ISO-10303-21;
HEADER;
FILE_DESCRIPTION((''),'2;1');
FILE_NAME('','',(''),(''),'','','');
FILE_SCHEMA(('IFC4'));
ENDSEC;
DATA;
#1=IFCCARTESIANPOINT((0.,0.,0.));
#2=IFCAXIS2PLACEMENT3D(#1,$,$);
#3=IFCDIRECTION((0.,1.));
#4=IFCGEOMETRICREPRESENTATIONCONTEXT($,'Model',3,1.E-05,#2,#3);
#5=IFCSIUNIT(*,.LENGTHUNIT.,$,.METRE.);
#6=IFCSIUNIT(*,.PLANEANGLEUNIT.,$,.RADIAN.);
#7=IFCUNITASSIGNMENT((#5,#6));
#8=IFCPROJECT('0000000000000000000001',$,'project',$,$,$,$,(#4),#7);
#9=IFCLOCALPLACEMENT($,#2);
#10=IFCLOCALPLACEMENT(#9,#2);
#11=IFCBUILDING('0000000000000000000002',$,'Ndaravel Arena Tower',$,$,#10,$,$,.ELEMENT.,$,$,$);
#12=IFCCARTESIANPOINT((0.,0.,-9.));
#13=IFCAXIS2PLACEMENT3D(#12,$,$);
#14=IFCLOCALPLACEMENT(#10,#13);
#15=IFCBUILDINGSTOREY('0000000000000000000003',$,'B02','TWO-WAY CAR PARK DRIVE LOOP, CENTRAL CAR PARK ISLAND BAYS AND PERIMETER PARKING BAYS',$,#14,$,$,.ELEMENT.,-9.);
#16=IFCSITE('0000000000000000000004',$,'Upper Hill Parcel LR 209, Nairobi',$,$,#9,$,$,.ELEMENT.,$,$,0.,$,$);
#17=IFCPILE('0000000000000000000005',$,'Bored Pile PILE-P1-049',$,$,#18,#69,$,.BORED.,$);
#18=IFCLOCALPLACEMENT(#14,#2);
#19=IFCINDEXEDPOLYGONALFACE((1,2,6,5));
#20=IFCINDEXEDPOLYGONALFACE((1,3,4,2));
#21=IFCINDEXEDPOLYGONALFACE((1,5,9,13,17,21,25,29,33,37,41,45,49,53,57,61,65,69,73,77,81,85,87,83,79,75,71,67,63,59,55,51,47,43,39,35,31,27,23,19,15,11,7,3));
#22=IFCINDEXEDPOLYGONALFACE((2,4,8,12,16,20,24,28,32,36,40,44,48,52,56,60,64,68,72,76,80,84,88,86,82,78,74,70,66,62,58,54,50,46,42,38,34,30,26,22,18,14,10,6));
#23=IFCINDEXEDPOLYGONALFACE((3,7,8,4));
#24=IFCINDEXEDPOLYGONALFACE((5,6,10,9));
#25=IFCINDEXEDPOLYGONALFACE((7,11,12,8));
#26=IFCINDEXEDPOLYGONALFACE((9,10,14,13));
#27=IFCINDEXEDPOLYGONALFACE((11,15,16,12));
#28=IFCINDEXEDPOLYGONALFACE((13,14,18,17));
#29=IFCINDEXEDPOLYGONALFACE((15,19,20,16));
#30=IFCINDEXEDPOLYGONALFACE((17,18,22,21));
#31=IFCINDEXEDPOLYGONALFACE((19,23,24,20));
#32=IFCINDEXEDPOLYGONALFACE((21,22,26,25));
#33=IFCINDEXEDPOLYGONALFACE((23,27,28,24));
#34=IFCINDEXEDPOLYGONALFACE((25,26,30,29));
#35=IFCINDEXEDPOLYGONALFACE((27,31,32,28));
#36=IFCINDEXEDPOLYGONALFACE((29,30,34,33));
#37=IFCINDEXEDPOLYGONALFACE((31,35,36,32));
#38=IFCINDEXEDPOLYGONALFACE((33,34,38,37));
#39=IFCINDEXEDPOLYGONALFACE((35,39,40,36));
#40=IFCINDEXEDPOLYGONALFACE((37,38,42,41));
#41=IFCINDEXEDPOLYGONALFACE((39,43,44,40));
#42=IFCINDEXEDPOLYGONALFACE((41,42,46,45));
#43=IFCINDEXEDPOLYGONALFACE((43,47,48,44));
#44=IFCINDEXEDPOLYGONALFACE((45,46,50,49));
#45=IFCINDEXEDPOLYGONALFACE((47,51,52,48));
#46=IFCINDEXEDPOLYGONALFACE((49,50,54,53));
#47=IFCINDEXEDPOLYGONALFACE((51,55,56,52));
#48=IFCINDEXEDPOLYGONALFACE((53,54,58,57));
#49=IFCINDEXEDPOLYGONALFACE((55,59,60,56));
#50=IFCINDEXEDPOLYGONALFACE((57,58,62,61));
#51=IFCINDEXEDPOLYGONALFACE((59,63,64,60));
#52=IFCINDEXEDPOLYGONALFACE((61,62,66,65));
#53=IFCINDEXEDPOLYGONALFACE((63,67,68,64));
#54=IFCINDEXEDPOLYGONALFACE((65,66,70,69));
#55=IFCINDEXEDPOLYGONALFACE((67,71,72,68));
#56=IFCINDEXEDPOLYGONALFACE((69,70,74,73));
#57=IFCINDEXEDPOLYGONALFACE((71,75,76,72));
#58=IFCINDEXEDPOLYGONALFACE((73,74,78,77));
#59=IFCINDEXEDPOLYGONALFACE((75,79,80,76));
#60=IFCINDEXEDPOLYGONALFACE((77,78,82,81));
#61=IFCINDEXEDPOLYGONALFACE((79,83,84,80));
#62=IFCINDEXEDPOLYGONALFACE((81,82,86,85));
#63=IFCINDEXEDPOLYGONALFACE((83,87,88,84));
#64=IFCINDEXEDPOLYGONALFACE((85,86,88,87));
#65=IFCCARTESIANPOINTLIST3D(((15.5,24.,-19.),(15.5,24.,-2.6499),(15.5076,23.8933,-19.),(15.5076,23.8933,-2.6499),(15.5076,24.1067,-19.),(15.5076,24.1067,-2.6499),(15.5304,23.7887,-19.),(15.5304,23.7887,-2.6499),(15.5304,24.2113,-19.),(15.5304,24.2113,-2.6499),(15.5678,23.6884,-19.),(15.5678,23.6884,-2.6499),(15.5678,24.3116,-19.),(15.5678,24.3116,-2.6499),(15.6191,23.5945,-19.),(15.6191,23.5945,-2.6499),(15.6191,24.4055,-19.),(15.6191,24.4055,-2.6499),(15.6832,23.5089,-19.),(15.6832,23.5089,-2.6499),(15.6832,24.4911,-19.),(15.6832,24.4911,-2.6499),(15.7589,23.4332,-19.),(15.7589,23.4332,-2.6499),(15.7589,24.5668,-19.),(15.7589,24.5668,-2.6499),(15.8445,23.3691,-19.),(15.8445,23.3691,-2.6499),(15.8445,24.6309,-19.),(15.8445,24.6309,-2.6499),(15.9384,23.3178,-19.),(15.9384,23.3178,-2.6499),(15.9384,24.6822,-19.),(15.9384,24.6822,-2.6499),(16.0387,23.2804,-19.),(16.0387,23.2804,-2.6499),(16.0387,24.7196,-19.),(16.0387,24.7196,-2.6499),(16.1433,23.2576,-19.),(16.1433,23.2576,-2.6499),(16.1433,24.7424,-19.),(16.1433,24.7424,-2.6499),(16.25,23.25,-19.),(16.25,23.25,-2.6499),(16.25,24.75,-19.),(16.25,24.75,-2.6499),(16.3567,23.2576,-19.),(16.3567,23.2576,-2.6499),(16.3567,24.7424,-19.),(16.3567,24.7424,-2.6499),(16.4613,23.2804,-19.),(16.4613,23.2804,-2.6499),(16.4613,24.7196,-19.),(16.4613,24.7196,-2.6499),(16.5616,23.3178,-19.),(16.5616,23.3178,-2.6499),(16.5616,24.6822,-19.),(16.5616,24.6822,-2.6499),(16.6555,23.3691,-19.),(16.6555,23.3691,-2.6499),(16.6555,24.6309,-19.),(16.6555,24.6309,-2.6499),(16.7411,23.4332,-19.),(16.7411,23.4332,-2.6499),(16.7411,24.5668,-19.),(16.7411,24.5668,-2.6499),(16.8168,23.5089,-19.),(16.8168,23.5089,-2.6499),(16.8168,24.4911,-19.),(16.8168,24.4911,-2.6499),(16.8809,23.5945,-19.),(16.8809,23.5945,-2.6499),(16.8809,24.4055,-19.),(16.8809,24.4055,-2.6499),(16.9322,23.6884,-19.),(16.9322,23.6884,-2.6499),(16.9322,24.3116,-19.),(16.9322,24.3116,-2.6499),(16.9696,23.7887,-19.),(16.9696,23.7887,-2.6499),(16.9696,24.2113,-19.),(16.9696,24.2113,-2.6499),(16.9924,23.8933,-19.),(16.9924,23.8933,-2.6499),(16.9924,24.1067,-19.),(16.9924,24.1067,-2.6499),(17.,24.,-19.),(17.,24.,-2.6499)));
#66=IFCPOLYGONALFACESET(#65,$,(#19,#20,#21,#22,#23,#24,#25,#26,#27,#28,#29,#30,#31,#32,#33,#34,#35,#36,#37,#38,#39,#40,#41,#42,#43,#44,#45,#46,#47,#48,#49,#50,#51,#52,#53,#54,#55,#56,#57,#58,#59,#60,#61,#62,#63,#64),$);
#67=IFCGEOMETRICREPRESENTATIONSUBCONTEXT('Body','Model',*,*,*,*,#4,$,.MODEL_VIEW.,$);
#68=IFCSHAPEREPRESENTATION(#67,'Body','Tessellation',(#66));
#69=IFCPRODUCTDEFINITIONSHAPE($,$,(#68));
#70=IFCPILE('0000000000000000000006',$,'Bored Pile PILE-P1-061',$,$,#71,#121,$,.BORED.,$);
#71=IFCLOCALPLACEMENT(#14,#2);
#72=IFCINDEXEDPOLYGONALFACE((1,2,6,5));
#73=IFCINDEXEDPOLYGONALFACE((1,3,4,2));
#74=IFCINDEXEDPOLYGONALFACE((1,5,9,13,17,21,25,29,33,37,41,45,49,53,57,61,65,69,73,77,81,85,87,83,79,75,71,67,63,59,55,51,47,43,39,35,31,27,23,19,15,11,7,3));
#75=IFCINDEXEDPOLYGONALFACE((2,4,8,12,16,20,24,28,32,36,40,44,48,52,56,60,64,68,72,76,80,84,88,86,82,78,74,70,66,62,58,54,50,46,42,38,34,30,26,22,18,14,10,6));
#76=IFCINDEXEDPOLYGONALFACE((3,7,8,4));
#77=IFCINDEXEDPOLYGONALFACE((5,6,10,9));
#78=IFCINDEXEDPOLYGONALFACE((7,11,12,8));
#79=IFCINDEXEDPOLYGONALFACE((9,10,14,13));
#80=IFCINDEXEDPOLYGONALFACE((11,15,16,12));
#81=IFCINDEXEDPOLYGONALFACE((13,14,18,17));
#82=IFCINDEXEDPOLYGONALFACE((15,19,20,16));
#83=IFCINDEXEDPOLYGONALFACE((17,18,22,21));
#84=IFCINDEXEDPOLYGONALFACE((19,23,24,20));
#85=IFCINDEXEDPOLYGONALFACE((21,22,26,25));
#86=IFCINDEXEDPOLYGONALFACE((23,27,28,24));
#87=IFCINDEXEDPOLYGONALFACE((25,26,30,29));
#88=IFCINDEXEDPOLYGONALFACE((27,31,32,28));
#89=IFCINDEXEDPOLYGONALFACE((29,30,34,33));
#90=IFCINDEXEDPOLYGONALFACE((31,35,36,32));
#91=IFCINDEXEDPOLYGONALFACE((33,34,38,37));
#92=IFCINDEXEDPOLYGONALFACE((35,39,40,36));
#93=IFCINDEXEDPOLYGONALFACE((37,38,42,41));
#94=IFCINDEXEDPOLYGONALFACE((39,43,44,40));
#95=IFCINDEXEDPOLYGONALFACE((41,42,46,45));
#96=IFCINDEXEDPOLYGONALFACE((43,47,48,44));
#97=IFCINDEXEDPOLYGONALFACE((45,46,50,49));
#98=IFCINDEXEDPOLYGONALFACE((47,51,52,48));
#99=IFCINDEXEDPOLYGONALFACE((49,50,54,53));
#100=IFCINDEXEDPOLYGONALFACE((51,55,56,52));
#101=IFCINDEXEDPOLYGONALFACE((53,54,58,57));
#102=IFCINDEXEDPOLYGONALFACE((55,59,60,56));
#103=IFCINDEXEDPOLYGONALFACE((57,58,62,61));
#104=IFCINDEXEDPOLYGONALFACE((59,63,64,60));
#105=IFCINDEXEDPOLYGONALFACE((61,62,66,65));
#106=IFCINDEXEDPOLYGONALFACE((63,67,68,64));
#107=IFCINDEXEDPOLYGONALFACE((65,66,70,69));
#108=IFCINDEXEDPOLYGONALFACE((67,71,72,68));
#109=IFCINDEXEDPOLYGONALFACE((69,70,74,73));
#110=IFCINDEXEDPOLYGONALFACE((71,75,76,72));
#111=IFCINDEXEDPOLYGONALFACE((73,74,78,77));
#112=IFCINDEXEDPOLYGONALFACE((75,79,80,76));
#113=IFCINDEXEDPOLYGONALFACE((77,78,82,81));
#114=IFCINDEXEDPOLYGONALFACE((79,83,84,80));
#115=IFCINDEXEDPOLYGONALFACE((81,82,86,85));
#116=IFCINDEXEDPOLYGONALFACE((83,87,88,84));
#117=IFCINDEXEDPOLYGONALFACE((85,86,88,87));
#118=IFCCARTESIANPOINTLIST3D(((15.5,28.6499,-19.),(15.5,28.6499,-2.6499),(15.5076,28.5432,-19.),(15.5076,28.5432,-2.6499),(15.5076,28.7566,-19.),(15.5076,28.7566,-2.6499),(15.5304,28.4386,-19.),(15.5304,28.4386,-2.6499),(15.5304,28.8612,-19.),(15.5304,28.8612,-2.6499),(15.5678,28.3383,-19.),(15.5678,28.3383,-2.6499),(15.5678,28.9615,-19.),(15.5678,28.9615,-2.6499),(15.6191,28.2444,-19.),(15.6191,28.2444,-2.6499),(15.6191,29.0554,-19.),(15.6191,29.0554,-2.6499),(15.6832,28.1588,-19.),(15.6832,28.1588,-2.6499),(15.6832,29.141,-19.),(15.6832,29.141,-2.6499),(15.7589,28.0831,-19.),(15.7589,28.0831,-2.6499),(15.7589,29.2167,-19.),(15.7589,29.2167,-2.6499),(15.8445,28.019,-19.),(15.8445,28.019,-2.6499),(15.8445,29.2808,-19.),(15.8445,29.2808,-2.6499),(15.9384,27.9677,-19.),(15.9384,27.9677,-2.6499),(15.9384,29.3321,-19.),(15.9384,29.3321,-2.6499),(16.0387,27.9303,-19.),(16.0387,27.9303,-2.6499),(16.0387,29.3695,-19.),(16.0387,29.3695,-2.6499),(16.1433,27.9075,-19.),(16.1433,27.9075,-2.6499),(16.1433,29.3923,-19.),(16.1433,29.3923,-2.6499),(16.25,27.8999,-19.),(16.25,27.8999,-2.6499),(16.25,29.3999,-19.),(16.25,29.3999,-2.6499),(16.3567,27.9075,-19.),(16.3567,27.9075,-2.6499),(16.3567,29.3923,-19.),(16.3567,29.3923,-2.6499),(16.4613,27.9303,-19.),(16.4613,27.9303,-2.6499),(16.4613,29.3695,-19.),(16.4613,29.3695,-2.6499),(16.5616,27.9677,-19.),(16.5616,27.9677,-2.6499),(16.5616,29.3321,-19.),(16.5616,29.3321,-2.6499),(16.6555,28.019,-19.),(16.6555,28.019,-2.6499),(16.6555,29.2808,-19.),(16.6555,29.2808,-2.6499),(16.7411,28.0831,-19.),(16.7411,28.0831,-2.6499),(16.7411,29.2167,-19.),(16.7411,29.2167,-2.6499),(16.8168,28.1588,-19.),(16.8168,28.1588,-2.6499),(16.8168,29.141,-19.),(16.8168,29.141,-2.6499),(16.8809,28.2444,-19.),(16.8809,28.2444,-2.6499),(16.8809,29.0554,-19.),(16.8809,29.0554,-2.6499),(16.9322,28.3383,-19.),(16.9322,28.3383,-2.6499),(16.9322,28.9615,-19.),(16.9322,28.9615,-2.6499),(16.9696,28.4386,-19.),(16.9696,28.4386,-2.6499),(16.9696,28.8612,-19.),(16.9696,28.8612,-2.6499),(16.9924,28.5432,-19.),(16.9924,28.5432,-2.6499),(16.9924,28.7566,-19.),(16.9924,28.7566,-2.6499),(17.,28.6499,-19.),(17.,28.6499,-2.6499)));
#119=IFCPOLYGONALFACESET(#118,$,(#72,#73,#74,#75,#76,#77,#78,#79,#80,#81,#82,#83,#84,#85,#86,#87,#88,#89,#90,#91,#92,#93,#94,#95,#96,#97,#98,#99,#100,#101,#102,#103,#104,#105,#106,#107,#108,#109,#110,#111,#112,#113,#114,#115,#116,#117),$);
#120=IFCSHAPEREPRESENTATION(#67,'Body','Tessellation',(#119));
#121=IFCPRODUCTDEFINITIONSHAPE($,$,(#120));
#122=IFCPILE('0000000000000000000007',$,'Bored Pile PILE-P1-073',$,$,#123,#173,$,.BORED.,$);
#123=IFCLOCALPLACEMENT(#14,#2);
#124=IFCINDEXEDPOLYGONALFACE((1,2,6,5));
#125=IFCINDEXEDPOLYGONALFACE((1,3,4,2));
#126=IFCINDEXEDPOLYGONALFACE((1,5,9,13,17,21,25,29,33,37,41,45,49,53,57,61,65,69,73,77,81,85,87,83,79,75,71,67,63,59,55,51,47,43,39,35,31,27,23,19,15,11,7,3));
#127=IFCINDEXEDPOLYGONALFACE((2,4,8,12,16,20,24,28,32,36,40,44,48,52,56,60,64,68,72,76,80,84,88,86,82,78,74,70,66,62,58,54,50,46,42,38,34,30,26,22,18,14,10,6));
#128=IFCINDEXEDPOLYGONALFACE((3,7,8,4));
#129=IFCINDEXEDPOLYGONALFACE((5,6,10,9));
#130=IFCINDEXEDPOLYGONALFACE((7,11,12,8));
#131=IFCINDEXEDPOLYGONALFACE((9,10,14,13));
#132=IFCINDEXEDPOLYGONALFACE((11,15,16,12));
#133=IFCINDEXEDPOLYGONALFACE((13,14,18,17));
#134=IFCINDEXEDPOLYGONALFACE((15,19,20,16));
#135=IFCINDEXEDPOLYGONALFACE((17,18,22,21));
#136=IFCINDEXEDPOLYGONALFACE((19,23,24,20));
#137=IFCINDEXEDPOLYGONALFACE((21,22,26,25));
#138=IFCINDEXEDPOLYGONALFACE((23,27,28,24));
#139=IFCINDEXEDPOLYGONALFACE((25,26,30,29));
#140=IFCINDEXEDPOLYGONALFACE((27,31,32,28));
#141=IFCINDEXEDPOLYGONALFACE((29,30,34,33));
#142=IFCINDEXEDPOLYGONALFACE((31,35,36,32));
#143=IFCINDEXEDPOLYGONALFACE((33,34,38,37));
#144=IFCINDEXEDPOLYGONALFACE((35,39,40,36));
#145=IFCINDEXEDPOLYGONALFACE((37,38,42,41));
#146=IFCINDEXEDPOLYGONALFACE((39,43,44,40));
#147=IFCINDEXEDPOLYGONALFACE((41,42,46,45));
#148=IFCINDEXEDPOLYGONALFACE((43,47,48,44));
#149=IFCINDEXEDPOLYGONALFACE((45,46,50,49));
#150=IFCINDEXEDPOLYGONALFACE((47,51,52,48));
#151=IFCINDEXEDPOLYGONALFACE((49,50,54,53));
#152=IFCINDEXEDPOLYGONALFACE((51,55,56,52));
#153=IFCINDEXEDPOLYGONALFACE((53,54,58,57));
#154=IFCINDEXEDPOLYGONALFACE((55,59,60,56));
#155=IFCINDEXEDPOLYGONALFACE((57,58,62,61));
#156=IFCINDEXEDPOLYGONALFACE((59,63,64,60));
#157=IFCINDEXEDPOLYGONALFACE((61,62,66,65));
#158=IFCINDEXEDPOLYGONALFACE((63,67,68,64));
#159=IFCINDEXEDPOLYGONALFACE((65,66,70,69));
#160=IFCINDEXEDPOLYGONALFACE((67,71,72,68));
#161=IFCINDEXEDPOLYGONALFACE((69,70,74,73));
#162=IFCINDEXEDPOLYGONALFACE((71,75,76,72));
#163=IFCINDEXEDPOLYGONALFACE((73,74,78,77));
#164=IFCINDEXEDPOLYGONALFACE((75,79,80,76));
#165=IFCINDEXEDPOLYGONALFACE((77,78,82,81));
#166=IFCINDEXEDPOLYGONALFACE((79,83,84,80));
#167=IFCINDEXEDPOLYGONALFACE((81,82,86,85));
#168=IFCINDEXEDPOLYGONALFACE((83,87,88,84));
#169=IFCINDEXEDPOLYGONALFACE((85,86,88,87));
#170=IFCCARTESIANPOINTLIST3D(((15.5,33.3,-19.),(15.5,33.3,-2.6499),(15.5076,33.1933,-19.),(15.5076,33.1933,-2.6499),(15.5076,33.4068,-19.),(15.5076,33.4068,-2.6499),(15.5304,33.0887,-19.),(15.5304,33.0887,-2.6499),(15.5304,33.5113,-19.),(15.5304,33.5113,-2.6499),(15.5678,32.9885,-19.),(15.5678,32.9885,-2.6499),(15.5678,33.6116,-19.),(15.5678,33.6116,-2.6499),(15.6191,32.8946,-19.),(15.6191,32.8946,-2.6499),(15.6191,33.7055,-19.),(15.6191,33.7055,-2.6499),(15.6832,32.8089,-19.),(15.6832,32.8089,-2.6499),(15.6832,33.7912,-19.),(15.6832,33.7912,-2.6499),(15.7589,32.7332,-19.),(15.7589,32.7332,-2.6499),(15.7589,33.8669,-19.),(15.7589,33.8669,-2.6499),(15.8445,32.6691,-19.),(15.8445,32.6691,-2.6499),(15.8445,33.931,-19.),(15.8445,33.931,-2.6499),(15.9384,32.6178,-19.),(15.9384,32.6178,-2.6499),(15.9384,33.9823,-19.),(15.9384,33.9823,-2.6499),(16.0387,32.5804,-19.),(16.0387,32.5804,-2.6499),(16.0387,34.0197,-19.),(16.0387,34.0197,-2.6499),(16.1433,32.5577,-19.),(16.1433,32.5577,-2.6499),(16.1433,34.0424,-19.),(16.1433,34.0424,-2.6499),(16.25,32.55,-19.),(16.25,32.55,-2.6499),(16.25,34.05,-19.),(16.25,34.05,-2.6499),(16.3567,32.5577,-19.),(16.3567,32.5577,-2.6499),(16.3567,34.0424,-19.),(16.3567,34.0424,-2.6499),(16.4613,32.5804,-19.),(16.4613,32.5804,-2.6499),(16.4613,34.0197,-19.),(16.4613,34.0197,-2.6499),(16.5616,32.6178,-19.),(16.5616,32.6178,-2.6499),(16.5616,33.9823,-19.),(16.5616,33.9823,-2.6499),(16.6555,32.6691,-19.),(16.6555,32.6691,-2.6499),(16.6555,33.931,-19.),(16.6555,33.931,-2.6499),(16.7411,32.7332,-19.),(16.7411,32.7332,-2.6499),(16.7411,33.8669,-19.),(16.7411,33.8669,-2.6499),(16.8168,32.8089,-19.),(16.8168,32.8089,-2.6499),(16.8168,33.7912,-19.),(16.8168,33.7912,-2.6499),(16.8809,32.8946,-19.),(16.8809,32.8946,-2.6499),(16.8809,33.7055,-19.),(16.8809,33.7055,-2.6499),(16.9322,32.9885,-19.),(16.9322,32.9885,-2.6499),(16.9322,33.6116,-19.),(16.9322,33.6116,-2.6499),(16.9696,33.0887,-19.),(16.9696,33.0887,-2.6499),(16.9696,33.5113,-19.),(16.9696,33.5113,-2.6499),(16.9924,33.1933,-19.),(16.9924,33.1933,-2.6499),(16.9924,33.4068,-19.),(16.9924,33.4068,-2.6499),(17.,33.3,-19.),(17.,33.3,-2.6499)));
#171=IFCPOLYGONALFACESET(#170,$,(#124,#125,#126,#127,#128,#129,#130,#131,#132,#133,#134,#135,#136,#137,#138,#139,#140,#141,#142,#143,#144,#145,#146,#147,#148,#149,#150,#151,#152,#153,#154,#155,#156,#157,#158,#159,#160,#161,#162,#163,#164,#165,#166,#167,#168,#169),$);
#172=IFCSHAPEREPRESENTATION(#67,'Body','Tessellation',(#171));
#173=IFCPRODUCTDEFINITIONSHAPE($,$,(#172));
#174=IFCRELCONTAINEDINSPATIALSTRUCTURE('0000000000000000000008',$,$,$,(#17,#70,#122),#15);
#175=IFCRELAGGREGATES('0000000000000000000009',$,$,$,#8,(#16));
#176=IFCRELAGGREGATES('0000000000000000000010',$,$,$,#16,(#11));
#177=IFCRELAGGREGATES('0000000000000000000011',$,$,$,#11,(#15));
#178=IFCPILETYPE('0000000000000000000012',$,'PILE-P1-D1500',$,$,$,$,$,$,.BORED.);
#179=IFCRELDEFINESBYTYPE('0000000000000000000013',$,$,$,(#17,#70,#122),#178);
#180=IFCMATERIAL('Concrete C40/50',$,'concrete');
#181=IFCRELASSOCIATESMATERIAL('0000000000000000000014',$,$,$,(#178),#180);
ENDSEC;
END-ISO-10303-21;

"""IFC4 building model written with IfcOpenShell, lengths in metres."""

from ifc_helpers import new_model, si_unit, direction, frame, origin, origin_2d, place, context, subcontext, project, spatial, circle, extrude, material, material_profile, profile_set, type_object, element, save


model = new_model("IFC4")

# Units and contexts
model_context = context("Model", 3, precision=1e-05, world=origin(), true_north=direction((0.0, 1.0)))
body_context = subcontext(model_context, "Body", "Model", "MODEL_VIEW")
ifc_project = project(units=[si_unit("LENGTHUNIT", "METRE"), si_unit("PLANEANGLEUNIT", "RADIAN")], contexts=[model_context])

# Site, building, storey
site_placement = place(None, origin())
site = spatial("IfcSite", under=ifc_project, at=site_placement, Name="Upper Hill Parcel LR 209, Nairobi", CompositionType="ELEMENT", RefElevation=0.0)
building_placement = place(site_placement, origin())
building = spatial("IfcBuilding", under=site, at=building_placement, Name="Ndaravel Arena Tower", CompositionType="ELEMENT")
storey_placement = place(building_placement, frame((0.0, 0.0, -9.0)))
storey = spatial("IfcBuildingStorey", under=building, at=storey_placement, Name="B02", Description="TWO-WAY CAR PARK DRIVE LOOP, CENTRAL CAR PARK ISLAND BAYS AND PERIMETER PARKING BAYS", CompositionType="ELEMENT", Elevation=-9.0)

# Piles
ifc_material_1 = material(Name="Concrete C40/50", Category="concrete")
ifc_material_profile_1 = material_profile(ifc_material_1, circle(Radius=0.75, at=origin_2d()), Name="BORED PILE D1500")
ifc_profile_set_1 = profile_set([ifc_material_profile_1], Name="Concrete C40/50")
pile_type_1 = type_object("IfcPileType", Name="PILE-P1-D1500", PredefinedType="BORED", material=ifc_profile_set_1)
for number, where, z_axis, x_axis, name in (
    (1, (16.25, 24.0, -2.6499), (0.0, 0.0, -1.0), (1.0, 0.0, 0.0), "Bored Pile PILE-P1-049"),
    (2, (16.25, 28.6499, -2.6499), (0.0, 0.0, -1.0), (1.0, 0.0, 0.0), "Bored Pile PILE-P1-061"),
    (3, (16.25, 33.3, -2.6499), (0.0, 0.0, -1.0), (1.0, 0.0, 0.0), "Bored Pile PILE-P1-073"),
):
    element("IfcPile", number, at=place(storey_placement, frame(where, z_axis=z_axis, x_axis=x_axis)), inside=storey, type_object=pile_type_1, Name=name, PredefinedType="BORED", context=body_context, shape_type="SweptSolid", body=[
        extrude(circle(Radius=0.75, at=origin_2d()), origin(), (0.0, 0.0, 1.0), 16.3501),
    ])

save(model, "model.ifc")
